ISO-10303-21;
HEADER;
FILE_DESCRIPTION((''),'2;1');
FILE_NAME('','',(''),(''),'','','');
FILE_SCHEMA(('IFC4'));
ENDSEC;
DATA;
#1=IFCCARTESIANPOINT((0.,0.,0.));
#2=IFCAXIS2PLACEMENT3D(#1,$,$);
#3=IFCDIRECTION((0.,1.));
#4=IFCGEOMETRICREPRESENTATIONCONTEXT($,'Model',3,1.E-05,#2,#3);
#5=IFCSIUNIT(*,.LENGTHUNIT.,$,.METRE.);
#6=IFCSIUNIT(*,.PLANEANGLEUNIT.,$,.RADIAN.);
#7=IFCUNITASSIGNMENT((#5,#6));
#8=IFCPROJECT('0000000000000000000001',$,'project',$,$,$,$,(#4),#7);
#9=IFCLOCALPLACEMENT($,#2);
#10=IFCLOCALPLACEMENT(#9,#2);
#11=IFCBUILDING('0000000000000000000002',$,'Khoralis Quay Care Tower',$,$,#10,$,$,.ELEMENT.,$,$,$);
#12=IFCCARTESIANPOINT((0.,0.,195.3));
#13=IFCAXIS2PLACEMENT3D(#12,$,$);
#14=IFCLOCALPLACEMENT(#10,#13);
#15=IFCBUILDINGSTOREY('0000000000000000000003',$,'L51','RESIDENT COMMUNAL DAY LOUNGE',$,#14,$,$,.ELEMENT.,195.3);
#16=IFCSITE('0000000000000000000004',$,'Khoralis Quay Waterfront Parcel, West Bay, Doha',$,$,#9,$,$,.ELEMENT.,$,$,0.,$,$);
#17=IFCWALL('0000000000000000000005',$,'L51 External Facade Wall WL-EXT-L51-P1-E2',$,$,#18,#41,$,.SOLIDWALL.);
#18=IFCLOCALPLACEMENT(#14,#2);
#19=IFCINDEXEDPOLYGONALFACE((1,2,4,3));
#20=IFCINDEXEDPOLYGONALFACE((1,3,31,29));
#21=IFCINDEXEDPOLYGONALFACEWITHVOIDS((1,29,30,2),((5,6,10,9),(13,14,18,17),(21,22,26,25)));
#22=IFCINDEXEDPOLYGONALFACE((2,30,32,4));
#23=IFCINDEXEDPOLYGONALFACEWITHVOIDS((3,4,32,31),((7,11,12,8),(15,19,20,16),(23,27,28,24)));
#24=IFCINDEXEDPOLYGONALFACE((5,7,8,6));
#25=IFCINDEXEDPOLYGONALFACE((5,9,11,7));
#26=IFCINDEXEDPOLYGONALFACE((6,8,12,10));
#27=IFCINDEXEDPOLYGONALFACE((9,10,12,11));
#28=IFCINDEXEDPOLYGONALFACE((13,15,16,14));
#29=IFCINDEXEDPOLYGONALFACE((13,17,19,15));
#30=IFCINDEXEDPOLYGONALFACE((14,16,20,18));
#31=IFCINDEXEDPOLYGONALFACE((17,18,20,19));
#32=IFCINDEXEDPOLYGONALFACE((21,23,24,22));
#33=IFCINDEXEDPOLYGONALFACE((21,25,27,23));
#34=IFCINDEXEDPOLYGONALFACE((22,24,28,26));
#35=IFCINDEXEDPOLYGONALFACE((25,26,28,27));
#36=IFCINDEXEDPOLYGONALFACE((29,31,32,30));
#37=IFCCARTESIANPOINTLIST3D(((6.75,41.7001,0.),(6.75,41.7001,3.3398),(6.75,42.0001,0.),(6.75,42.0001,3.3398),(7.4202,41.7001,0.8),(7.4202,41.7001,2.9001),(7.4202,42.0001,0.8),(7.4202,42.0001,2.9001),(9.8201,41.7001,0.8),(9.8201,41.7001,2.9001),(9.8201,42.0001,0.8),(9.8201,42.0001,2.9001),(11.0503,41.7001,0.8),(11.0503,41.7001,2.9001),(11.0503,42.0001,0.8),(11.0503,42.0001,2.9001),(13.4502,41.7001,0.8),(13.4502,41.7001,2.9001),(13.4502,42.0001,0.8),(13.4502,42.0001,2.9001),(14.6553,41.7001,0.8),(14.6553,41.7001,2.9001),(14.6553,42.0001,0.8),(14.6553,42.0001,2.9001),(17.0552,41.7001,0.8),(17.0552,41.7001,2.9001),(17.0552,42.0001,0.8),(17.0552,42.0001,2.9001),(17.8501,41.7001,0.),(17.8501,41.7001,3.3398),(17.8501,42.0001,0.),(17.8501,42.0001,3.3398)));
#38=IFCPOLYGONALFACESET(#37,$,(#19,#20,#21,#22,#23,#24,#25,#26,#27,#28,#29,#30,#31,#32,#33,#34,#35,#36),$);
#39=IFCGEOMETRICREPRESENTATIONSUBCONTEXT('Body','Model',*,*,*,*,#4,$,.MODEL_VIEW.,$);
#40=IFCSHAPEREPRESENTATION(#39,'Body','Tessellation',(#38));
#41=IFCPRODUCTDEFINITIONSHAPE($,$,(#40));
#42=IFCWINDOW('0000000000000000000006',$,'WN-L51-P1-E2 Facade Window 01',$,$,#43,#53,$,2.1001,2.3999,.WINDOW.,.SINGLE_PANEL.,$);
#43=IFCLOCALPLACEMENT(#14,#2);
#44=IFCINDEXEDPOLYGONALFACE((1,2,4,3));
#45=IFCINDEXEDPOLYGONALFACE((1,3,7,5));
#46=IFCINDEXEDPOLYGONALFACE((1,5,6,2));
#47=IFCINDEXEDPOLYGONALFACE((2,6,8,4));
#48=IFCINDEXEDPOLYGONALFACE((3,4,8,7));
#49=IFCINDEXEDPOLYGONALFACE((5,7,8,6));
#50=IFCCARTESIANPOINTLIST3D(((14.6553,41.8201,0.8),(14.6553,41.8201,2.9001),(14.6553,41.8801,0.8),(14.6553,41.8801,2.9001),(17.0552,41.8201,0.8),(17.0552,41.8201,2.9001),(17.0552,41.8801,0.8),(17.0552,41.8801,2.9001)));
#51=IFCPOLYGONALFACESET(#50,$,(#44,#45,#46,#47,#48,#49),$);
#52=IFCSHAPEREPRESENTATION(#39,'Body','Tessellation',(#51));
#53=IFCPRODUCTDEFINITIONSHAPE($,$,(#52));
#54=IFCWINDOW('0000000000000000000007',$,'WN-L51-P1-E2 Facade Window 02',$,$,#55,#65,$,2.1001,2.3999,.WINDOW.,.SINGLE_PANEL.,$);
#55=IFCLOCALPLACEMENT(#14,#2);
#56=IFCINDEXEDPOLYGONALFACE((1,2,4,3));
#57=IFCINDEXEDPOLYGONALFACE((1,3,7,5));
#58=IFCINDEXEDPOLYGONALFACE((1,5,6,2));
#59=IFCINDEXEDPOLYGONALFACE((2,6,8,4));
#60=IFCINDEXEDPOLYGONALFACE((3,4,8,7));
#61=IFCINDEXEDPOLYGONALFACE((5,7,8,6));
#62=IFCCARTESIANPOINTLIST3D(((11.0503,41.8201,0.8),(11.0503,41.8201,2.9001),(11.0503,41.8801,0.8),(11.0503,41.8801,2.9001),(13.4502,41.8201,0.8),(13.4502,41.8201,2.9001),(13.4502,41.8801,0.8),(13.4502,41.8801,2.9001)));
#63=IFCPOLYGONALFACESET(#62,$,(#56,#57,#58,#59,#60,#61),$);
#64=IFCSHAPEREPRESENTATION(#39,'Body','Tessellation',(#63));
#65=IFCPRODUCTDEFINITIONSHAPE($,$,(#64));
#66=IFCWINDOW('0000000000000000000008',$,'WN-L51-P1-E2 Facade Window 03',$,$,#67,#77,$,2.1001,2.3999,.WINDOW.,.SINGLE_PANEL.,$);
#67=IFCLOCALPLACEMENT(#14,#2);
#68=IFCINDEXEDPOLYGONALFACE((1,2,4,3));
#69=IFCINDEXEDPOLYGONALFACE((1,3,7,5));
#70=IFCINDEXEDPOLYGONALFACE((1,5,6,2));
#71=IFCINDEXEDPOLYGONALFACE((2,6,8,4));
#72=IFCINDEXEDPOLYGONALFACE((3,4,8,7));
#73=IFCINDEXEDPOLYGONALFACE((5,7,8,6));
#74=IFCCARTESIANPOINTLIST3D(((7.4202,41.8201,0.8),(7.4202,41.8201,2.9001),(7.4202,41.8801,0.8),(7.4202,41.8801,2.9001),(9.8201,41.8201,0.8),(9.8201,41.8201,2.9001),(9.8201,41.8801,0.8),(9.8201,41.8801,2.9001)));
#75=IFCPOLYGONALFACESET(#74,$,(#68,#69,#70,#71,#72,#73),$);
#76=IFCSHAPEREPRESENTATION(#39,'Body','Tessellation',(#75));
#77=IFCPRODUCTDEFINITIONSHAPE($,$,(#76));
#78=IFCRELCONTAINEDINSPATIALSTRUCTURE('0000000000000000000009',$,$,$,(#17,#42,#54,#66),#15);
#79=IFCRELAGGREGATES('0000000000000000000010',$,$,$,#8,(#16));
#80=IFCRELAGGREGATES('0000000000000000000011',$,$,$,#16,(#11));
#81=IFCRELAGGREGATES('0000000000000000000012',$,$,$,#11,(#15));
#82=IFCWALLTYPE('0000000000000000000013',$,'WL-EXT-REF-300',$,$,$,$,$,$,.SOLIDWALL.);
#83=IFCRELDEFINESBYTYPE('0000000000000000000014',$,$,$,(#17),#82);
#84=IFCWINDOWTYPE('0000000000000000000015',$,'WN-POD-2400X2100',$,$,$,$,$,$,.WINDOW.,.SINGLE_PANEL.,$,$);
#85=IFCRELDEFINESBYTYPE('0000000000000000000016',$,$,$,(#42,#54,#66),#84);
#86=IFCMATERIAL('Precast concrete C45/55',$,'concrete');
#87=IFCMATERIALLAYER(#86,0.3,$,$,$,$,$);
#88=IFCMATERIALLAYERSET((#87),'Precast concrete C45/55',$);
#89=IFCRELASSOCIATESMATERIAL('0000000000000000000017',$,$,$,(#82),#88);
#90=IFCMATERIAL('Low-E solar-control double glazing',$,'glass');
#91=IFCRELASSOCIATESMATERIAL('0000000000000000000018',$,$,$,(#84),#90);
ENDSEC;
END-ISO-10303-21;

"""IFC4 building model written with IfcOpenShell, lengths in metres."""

from ifc_helpers import new_model, si_unit, direction, frame, frame_2d, origin, place, context, subcontext, project, spatial, rectangle, extrude, source, transform, mapped, material, layer, layer_set, type_object, element, fill, save


model = new_model("IFC4")

# Units and contexts
model_context = context("Model", 3, precision=1e-05, world=origin(), true_north=direction((0.0, 1.0)))
body_context = subcontext(model_context, "Body", "Model", "MODEL_VIEW")
ifc_project = project(units=[si_unit("LENGTHUNIT", "METRE"), si_unit("PLANEANGLEUNIT", "RADIAN")], contexts=[model_context])

# Site, building, storey
site_placement = place(None, origin())
site = spatial("IfcSite", under=ifc_project, at=site_placement, Name="Khoralis Quay Waterfront Parcel, West Bay, Doha", CompositionType="ELEMENT", RefElevation=0.0)
building_placement = place(site_placement, origin())
building = spatial("IfcBuilding", under=site, at=building_placement, Name="Khoralis Quay Care Tower", CompositionType="ELEMENT")
storey_placement = place(building_placement, frame((0.0, 0.0, 195.3)))
storey = spatial("IfcBuildingStorey", under=building, at=storey_placement, Name="L51", Description="RESIDENT COMMUNAL DAY LOUNGE", CompositionType="ELEMENT", Elevation=195.3)

# Shared definitions
ifc_material_1 = material(Name="Low-E solar-control double glazing", Category="glass")

# Wall, openings, windows
ifc_material_2 = material(Name="Precast concrete C45/55", Category="concrete")
ifc_layer_1 = layer(ifc_material_2, 0.3)
ifc_layer_set_1 = layer_set([ifc_layer_1], Name="Precast concrete C45/55")
wall_type = type_object("IfcWallType", Name="WL-EXT-REF-300", PredefinedType="SOLIDWALL", material=ifc_layer_set_1)
wall_placement = place(storey_placement, frame((17.8501, 41.8501, 0.0), z_axis=(0.0, 0.0, 1.0), x_axis=(-1.0, 0.0, 0.0)))
wall = element("IfcWall", 1, at=wall_placement, inside=storey, type_object=wall_type, Name="L51 External Facade Wall WL-EXT-L51-P1-E2", PredefinedType="SOLIDWALL", context=body_context, shape_type="SweptSolid", body=[
    extrude(rectangle(XDim=11.1001, YDim=0.3, at=frame_2d((5.55, 0.0))), origin(), (0.0, 0.0, 1.0), 3.3398),
])
opening_1_placement = place(wall_placement, frame((0.7949, 0.0, 0.8)))
opening_1 = element("IfcOpeningElement", 2, at=opening_1_placement, cuts=wall, PredefinedType="OPENING", context=body_context, shape_type="SweptSolid", body=[
    extrude(rectangle(XDim=2.3999, YDim=2.1001, at=frame_2d((1.2, 1.05))), frame((0.0, 0.1602, 0.0), z_axis=(0.0, -1.0, 0.0), x_axis=(1.0, 0.0, 0.0)), (0.0, 0.0, 1.0), 0.3201),
])
opening_2_placement = place(wall_placement, frame((4.3999, 0.0, 0.8)))
opening_2 = element("IfcOpeningElement", 3, at=opening_2_placement, cuts=wall, PredefinedType="OPENING", context=body_context, shape_type="SweptSolid", body=[
    extrude(rectangle(XDim=2.3999, YDim=2.1001, at=frame_2d((1.2, 1.05))), frame((0.0, 0.1602, 0.0), z_axis=(0.0, -1.0, 0.0), x_axis=(1.0, 0.0, 0.0)), (0.0, 0.0, 1.0), 0.3201),
])
opening_3_placement = place(wall_placement, frame((8.03, 0.0, 0.8)))
opening_3 = element("IfcOpeningElement", 4, at=opening_3_placement, cuts=wall, PredefinedType="OPENING", context=body_context, shape_type="SweptSolid", body=[
    extrude(rectangle(XDim=2.3999, YDim=2.1001, at=frame_2d((1.2, 1.05))), frame((0.0, 0.1602, 0.0), z_axis=(0.0, -1.0, 0.0), x_axis=(1.0, 0.0, 0.0)), (0.0, 0.0, 1.0), 0.3201),
])
window_type = type_object("IfcWindowType", Name="WN-POD-2400X2100", PartitioningType="SINGLE_PANEL", PredefinedType="WINDOW", material=ifc_material_1)
shared_shape_1 = source(origin(), body_context, "Body", "SweptSolid", [
    extrude(rectangle(XDim=2.3999, YDim=2.1001, at=frame_2d((1.2, 1.05))), frame((0.0, 0.03, 0.0), z_axis=(0.0, -1.0, 0.0), x_axis=(1.0, 0.0, 0.0)), (0.0, 0.0, 1.0), 0.0601),
])
window_1_placement = place(opening_1_placement, origin())
window_1 = element("IfcWindow", 5, at=window_1_placement, inside=storey, type_object=window_type, Name="WN-L51-P1-E2 Facade Window 01", OverallHeight=2.1001, OverallWidth=2.3999, PartitioningType="SINGLE_PANEL", PredefinedType="WINDOW", context=body_context, shape_type="MappedRepresentation", body=[
    mapped(shared_shape_1, transform((0.0, 0.0, 0.0), scale=1.0)),
])
fill(opening_1, window_1)
window_2_placement = place(opening_2_placement, origin())
window_2 = element("IfcWindow", 6, at=window_2_placement, inside=storey, type_object=window_type, Name="WN-L51-P1-E2 Facade Window 02", OverallHeight=2.1001, OverallWidth=2.3999, PartitioningType="SINGLE_PANEL", PredefinedType="WINDOW", context=body_context, shape_type="MappedRepresentation", body=[
    mapped(shared_shape_1, transform((0.0, 0.0, 0.0), scale=1.0)),
])
fill(opening_2, window_2)
window_3_placement = place(opening_3_placement, origin())
window_3 = element("IfcWindow", 7, at=window_3_placement, inside=storey, type_object=window_type, Name="WN-L51-P1-E2 Facade Window 03", OverallHeight=2.1001, OverallWidth=2.3999, PartitioningType="SINGLE_PANEL", PredefinedType="WINDOW", context=body_context, shape_type="MappedRepresentation", body=[
    mapped(shared_shape_1, transform((0.0, 0.0, 0.0), scale=1.0)),
])
fill(opening_3, window_3)

save(model, "model.ifc")
